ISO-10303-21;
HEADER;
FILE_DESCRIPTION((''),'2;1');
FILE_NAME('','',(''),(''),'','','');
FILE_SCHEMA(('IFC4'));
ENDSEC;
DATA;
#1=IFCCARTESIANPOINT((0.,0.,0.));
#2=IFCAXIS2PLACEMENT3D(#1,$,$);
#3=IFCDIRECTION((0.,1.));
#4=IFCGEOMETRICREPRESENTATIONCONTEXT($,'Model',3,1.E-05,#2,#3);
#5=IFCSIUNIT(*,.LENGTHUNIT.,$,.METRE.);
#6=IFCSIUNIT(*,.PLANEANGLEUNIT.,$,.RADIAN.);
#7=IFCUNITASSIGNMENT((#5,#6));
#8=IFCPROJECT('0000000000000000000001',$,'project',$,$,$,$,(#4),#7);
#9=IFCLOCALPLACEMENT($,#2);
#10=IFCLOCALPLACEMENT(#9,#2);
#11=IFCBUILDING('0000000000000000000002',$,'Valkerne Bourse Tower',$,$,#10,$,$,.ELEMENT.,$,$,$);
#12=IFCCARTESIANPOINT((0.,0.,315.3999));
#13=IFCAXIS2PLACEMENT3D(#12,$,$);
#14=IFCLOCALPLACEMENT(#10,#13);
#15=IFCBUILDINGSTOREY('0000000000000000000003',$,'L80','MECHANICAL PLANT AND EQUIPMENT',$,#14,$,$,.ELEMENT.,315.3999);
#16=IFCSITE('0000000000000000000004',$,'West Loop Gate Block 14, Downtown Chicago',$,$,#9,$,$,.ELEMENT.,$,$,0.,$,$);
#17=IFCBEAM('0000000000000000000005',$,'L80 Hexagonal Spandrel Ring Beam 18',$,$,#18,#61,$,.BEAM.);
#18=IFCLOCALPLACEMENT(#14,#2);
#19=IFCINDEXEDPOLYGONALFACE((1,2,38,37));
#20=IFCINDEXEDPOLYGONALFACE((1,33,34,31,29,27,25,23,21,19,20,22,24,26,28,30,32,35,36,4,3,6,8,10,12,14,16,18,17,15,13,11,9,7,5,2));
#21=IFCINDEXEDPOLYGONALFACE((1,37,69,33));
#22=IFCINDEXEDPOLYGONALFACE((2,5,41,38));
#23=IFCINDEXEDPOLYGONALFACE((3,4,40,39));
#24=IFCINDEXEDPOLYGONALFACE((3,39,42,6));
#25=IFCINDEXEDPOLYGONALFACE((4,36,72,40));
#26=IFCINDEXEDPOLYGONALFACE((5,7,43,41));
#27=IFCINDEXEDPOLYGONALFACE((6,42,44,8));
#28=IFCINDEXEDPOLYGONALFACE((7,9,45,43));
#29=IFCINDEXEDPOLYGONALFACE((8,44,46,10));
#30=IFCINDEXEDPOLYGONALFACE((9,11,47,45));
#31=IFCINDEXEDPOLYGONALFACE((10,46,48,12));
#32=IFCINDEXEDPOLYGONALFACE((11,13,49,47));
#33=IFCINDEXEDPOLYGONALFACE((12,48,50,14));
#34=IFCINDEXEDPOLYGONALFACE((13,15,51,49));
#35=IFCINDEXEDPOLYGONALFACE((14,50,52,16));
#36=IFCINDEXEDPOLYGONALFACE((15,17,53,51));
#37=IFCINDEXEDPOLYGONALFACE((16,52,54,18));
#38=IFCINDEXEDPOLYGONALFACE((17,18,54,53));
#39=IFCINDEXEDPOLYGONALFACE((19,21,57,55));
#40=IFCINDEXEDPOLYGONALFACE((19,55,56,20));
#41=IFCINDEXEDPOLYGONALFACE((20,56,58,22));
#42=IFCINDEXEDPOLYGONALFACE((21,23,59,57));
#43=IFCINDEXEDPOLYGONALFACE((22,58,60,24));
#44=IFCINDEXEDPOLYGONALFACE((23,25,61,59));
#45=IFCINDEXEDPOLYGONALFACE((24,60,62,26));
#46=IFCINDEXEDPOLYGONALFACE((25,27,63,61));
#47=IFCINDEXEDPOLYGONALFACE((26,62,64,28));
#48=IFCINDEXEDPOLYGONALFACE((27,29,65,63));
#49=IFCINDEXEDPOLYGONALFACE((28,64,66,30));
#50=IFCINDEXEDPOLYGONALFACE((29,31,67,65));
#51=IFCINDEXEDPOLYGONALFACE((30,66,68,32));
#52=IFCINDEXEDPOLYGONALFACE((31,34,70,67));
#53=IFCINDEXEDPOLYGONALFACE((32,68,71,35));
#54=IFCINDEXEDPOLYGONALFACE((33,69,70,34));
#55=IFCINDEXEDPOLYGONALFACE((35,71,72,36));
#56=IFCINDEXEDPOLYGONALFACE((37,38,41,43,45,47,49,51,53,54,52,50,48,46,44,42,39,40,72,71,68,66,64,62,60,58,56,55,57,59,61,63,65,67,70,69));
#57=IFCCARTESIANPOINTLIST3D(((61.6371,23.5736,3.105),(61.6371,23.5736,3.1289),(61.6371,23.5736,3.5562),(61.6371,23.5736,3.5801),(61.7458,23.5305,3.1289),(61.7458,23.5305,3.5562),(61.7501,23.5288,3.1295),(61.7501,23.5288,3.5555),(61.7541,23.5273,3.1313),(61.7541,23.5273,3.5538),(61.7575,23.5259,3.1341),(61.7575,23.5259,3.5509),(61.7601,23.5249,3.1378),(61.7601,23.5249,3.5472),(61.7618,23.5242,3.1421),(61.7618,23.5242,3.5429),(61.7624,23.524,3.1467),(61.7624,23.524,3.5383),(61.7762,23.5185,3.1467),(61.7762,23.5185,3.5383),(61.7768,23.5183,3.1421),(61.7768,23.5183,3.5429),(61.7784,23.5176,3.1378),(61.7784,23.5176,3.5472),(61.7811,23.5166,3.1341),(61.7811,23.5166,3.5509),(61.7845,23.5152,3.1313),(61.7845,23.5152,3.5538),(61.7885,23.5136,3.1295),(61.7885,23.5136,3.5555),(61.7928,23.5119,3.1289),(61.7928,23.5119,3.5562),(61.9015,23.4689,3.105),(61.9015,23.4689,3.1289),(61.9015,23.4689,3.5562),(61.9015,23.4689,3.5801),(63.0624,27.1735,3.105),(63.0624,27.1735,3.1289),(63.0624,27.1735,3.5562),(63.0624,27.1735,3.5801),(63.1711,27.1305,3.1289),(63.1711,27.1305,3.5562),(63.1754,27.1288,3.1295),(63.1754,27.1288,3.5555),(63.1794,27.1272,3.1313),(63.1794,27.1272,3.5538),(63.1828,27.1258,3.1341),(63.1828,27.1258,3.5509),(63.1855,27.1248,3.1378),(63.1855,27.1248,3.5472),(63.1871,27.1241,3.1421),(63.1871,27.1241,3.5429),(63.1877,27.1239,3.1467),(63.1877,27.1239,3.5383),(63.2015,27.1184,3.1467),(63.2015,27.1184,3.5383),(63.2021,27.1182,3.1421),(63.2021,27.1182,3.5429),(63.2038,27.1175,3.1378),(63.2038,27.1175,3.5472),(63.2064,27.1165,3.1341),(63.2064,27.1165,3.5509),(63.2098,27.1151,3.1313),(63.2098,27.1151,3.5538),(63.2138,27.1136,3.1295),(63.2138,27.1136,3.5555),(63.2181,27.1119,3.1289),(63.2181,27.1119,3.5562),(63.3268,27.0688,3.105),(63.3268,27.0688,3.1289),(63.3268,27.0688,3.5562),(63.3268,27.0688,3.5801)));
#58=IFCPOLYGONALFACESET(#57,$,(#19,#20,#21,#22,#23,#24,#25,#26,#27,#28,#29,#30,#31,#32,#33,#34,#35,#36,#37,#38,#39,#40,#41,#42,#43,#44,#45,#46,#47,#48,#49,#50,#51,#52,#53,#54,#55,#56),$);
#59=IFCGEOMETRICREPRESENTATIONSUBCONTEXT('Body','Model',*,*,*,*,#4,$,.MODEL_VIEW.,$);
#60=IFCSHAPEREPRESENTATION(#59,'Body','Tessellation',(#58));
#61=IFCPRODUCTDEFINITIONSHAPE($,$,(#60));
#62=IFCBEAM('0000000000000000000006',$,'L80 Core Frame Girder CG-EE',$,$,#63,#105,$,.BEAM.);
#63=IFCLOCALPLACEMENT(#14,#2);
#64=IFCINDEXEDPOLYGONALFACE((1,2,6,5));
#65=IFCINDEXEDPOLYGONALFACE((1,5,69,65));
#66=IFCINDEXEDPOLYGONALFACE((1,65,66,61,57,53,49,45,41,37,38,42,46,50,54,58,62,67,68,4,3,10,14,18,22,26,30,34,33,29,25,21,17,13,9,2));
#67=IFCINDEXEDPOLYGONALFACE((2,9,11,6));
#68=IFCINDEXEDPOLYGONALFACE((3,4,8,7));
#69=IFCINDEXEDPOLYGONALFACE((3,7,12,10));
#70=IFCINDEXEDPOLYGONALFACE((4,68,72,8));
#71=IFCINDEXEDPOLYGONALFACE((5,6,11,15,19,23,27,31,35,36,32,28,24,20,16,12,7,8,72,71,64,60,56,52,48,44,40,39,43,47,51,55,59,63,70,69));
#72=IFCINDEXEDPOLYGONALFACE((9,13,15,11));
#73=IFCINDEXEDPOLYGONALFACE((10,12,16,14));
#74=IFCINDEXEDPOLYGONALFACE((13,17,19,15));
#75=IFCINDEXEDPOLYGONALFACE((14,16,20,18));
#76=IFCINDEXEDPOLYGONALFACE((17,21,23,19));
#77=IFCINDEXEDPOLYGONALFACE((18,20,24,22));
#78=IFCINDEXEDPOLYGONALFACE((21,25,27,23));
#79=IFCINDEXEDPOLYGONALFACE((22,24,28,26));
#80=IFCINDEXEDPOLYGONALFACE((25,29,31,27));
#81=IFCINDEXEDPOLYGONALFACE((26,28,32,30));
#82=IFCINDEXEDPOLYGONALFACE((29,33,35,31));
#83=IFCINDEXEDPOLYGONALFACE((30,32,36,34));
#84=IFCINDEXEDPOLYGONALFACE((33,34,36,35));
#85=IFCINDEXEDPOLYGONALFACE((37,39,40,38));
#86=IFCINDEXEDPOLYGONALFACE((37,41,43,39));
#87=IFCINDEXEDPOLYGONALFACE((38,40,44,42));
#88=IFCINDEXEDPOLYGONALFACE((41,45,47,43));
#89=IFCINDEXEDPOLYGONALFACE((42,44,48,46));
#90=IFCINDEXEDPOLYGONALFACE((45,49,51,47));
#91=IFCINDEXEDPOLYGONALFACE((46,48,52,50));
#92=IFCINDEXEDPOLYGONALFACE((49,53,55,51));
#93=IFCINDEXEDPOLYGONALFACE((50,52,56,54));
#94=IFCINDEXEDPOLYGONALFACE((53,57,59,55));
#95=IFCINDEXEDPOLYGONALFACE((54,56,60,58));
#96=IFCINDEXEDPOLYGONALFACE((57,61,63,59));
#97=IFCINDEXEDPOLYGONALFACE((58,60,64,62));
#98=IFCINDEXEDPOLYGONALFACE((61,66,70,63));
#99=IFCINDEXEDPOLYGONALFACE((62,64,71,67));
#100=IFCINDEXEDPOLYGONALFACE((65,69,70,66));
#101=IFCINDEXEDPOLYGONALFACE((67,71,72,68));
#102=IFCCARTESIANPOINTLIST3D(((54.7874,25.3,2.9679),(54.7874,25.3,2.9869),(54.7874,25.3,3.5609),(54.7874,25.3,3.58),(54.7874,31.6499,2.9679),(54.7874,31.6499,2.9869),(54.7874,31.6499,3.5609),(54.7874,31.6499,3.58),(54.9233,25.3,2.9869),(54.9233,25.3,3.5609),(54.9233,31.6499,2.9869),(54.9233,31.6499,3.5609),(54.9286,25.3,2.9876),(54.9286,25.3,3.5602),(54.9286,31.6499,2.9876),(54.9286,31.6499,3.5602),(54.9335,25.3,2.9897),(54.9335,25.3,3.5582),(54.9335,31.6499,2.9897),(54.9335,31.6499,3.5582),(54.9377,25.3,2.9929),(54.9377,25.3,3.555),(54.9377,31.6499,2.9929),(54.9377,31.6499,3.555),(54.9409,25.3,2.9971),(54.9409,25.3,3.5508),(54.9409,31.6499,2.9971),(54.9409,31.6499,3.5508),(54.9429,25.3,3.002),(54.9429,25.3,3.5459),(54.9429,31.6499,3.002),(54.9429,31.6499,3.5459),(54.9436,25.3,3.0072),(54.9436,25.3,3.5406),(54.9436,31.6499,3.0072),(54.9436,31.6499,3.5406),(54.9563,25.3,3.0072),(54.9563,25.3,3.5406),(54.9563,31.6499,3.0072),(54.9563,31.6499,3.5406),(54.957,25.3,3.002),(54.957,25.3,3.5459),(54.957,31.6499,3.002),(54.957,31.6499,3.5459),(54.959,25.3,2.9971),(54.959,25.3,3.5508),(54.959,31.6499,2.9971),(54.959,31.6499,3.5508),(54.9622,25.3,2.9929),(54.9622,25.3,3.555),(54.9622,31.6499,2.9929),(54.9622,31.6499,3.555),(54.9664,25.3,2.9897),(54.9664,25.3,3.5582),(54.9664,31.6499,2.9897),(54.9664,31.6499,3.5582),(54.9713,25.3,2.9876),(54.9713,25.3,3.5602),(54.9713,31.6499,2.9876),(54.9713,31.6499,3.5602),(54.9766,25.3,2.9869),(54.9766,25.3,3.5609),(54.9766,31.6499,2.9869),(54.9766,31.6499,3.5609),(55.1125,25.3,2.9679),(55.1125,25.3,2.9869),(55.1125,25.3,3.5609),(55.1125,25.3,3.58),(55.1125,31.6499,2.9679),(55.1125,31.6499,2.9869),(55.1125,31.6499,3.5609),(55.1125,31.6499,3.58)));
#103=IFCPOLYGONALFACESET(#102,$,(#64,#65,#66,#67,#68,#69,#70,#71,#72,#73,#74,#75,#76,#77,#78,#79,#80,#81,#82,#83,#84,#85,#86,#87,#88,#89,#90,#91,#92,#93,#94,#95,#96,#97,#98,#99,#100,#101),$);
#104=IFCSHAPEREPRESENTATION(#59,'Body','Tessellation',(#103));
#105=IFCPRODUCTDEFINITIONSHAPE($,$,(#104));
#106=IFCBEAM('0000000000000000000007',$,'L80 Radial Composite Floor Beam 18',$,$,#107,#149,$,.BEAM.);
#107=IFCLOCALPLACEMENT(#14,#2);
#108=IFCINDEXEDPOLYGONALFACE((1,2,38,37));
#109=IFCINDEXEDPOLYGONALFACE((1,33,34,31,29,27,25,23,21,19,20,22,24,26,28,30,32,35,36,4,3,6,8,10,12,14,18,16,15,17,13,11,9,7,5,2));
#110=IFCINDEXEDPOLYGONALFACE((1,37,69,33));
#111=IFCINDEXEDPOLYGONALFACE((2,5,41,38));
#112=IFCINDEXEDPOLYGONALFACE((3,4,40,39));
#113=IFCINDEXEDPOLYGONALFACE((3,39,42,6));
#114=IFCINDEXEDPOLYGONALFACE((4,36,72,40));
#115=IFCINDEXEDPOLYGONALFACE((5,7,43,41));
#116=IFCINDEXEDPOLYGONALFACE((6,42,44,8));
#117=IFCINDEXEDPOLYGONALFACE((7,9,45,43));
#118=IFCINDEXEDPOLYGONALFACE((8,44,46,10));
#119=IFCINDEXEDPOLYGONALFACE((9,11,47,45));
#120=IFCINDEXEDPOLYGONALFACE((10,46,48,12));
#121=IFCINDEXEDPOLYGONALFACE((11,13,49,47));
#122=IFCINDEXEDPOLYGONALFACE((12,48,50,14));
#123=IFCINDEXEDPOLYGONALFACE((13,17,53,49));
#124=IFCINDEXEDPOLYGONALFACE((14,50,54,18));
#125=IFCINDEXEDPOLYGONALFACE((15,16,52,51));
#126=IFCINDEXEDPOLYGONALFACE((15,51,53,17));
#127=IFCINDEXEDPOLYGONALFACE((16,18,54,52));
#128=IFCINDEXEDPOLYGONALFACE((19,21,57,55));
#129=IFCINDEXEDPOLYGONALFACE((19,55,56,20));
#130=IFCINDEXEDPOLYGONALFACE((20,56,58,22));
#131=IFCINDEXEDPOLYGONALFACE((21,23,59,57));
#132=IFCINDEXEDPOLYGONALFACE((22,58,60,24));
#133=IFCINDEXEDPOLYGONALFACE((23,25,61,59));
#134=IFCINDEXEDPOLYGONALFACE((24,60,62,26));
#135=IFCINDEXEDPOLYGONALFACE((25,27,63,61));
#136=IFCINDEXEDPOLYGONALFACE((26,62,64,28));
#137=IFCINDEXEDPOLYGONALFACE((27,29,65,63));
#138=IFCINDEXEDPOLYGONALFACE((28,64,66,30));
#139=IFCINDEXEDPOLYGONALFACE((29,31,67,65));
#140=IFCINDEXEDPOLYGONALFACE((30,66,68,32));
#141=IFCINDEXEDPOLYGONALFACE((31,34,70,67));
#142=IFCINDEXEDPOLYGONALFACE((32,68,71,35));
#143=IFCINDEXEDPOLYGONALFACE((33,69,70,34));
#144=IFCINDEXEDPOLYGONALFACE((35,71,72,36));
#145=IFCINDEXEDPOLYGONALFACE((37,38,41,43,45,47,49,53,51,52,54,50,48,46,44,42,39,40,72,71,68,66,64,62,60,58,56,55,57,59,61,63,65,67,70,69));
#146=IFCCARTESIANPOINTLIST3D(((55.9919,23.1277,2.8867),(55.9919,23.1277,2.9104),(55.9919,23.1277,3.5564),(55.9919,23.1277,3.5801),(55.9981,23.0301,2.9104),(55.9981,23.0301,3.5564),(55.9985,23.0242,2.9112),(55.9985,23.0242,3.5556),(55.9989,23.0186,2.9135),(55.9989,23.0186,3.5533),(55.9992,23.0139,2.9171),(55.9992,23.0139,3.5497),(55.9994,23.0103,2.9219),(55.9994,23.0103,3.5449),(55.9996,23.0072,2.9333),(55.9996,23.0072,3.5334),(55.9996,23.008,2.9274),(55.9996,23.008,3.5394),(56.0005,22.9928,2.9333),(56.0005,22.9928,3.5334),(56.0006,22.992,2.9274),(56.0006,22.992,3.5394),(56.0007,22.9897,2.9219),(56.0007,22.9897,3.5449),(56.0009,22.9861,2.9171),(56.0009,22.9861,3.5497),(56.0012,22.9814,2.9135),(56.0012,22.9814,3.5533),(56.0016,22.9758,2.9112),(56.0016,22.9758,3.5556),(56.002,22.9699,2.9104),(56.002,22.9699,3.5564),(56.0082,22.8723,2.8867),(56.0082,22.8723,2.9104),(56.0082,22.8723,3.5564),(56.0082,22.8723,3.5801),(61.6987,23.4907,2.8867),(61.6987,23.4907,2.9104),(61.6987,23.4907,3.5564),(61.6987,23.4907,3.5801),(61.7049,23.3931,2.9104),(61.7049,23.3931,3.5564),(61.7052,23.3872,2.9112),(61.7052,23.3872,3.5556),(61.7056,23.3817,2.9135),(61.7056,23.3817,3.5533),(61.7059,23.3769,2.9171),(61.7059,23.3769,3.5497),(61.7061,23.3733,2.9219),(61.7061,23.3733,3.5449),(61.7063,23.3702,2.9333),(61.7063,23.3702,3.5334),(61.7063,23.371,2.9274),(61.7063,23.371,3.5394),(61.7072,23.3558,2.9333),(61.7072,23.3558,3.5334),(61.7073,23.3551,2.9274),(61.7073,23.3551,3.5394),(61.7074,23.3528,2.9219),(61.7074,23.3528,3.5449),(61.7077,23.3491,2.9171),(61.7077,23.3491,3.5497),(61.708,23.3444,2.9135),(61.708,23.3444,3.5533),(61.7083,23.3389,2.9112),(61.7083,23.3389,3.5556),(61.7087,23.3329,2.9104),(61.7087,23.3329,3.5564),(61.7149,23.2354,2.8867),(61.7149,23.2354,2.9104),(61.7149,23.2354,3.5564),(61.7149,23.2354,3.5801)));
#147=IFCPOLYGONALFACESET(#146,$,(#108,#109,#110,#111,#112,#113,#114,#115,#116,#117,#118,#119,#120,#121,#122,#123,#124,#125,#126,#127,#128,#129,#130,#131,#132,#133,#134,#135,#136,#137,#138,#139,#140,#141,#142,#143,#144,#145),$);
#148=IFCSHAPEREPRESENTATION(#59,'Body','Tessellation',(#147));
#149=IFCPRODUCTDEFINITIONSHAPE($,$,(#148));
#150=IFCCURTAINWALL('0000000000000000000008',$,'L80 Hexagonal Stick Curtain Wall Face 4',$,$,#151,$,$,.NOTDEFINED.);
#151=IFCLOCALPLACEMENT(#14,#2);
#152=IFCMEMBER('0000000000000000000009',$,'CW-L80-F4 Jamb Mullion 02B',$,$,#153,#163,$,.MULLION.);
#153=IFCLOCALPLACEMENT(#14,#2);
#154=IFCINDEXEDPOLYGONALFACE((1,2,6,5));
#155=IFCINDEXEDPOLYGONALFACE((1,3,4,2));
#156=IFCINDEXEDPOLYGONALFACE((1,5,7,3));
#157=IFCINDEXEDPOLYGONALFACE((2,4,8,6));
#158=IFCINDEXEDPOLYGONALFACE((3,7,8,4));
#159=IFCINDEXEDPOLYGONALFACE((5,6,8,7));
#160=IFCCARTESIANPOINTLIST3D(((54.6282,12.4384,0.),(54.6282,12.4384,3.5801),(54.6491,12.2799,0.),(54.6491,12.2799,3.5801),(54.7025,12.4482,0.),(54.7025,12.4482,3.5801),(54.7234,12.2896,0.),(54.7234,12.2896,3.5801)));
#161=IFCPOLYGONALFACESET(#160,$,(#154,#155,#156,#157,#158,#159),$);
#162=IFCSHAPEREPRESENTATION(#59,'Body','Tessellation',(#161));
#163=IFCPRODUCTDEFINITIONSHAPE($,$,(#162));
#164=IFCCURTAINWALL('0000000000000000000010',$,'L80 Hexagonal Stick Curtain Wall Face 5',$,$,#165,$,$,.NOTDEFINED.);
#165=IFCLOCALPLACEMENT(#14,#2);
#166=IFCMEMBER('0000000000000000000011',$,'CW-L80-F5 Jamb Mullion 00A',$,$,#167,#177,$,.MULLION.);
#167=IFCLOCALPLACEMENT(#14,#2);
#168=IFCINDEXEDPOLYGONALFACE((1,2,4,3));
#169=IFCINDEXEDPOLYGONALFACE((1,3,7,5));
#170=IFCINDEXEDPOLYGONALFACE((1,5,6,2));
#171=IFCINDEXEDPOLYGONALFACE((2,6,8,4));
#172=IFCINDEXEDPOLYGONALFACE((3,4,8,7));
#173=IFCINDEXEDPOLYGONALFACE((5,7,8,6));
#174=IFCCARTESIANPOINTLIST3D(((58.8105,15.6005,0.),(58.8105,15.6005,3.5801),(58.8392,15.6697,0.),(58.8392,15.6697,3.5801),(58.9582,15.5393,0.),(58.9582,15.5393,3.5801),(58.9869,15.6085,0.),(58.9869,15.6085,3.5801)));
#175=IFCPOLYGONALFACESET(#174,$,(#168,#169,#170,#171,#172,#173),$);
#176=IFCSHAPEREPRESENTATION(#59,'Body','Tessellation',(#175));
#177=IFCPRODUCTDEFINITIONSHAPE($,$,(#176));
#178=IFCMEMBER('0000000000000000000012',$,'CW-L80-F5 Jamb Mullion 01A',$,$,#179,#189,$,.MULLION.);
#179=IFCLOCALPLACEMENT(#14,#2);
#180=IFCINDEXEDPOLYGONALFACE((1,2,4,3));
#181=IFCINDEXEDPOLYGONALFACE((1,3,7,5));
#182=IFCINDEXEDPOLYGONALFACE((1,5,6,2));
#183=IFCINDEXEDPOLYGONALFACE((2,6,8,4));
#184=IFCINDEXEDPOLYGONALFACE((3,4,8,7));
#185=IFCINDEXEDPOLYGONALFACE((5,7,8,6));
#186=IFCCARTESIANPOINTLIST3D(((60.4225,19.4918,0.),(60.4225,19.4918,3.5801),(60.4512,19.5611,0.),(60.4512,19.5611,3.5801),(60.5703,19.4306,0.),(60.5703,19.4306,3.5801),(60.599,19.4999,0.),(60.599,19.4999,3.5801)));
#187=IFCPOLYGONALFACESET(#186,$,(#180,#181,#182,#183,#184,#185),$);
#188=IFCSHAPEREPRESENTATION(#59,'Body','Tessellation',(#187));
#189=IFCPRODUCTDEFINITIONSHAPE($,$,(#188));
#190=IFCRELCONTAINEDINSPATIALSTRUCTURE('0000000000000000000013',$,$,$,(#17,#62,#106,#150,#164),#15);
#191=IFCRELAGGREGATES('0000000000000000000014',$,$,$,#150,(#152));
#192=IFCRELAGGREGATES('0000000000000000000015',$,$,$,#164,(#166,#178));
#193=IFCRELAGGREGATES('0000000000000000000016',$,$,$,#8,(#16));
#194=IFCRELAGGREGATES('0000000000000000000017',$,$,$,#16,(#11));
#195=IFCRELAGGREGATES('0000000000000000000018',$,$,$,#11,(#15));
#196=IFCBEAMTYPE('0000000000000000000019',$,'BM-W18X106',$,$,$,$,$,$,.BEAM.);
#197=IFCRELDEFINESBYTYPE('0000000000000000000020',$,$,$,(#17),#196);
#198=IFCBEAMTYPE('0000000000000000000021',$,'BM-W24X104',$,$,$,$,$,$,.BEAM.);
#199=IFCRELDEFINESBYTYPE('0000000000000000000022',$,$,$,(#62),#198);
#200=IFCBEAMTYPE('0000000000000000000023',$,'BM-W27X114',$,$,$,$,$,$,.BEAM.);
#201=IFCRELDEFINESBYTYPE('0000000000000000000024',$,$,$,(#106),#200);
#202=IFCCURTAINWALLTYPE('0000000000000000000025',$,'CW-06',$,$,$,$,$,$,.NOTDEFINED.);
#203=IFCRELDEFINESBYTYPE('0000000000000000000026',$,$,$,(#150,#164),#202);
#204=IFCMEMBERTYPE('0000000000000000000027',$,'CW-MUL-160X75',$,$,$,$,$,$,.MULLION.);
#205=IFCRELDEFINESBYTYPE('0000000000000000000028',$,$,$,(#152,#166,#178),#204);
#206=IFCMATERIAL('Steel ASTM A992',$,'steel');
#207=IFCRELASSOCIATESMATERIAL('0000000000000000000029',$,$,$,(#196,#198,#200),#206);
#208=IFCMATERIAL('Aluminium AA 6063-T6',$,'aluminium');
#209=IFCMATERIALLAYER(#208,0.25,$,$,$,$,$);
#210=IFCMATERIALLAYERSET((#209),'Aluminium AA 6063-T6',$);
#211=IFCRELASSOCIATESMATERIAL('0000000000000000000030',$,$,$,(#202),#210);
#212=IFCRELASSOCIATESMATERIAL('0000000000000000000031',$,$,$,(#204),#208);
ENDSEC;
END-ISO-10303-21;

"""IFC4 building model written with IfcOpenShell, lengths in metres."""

from ifc_helpers import new_model, si_unit, direction, frame, origin, origin_2d, place, context, subcontext, project, spatial, rectangle, i_section, extrude, material, layer, layer_set, material_profile, profile_set, type_object, element, aggregate, save


model = new_model("IFC4")

# Units and contexts
model_context = context("Model", 3, precision=1e-05, world=origin(), true_north=direction((0.0, 1.0)))
body_context = subcontext(model_context, "Body", "Model", "MODEL_VIEW")
ifc_project = project(units=[si_unit("LENGTHUNIT", "METRE"), si_unit("PLANEANGLEUNIT", "RADIAN")], contexts=[model_context])

# Site, building, storey
site_placement = place(None, origin())
site = spatial("IfcSite", under=ifc_project, at=site_placement, Name="West Loop Gate Block 14, Downtown Chicago", CompositionType="ELEMENT", RefElevation=0.0)
building_placement = place(site_placement, origin())
building = spatial("IfcBuilding", under=site, at=building_placement, Name="Valkerne Bourse Tower", CompositionType="ELEMENT")
storey_placement = place(building_placement, frame((0.0, 0.0, 315.3999)))
storey = spatial("IfcBuildingStorey", under=building, at=storey_placement, Name="L80", Description="MECHANICAL PLANT AND EQUIPMENT", CompositionType="ELEMENT", Elevation=315.3999)

# Beams
ifc_material_1 = material(Name="Steel ASTM A992", Category="steel")
ifc_material_profile_1 = material_profile(ifc_material_1, i_section(OverallWidth=0.2844, OverallDepth=0.4751, WebThickness=0.0149, FlangeThickness=0.0239, FilletRadius=0.0178, at=origin_2d()), Name="W18X106")
ifc_profile_set_1 = profile_set([ifc_material_profile_1], Name="Steel ASTM A992")
beam_type_1 = type_object("IfcBeamType", Name="BM-W18X106", PredefinedType="BEAM", material=ifc_profile_set_1)
beam_1_placement = place(storey_placement, frame((61.7693, 23.5212, 3.3425), z_axis=(0.368127, 0.929776, 0.0), x_axis=(-0.929776, 0.368127, 0.0)))
element("IfcBeam", 1, at=beam_1_placement, inside=storey, type_object=beam_type_1, Name="L80 Hexagonal Spandrel Ring Beam 18", PredefinedType="BEAM", context=body_context, shape_type="SweptSolid", body=[
    extrude(i_section(OverallWidth=0.2844, OverallDepth=0.4751, WebThickness=0.0149, FlangeThickness=0.0239, FilletRadius=0.0178, at=origin_2d()), origin(), (0.0, 0.0, 1.0), 3.8718),
])
ifc_material_profile_2 = material_profile(ifc_material_1, i_section(OverallWidth=0.3252, OverallDepth=0.6121, WebThickness=0.0127, FlangeThickness=0.019, FilletRadius=0.0203, at=origin_2d()), Name="W24X104")
ifc_profile_set_2 = profile_set([ifc_material_profile_2], Name="Steel ASTM A992")
beam_type_2 = type_object("IfcBeamType", Name="BM-W24X104", PredefinedType="BEAM", material=ifc_profile_set_2)
beam_2_placement = place(storey_placement, frame((54.95, 25.3, 3.2739), z_axis=(0.0, 1.0, 0.0), x_axis=(-1.0, 0.0, 0.0)))
element("IfcBeam", 2, at=beam_2_placement, inside=storey, type_object=beam_type_2, Name="L80 Core Frame Girder CG-EE", PredefinedType="BEAM", context=body_context, shape_type="SweptSolid", body=[
    extrude(i_section(OverallWidth=0.3252, OverallDepth=0.6121, WebThickness=0.0127, FlangeThickness=0.019, FilletRadius=0.0203, at=origin_2d()), origin(), (0.0, 0.0, 1.0), 6.3499),
])
ifc_material_profile_3 = material_profile(ifc_material_1, i_section(OverallWidth=0.2559, OverallDepth=0.6934, WebThickness=0.0144, FlangeThickness=0.0237, FilletRadius=0.0229, at=origin_2d()), Name="W27X114")
ifc_profile_set_3 = profile_set([ifc_material_profile_3], Name="Steel ASTM A992")
beam_type_3 = type_object("IfcBeamType", Name="BM-W27X114", PredefinedType="BEAM", material=ifc_profile_set_3)
beam_3_placement = place(storey_placement, frame((61.7068, 23.363, 3.2334), z_axis=(-0.997983, -0.063487, 0.0), x_axis=(0.063487, -0.997983, 0.0)))
element("IfcBeam", 3, at=beam_3_placement, inside=storey, type_object=beam_type_3, Name="L80 Radial Composite Floor Beam 18", PredefinedType="BEAM", context=body_context, shape_type="SweptSolid", body=[
    extrude(i_section(OverallWidth=0.2559, OverallDepth=0.6934, WebThickness=0.0144, FlangeThickness=0.0237, FilletRadius=0.0229, at=origin_2d()), origin(), (0.0, 0.0, 1.0), 5.7183),
])

# Curtain wall, member
ifc_material_2 = material(Name="Aluminium AA 6063-T6", Category="aluminium")
ifc_layer_1 = layer(ifc_material_2, 0.25)
ifc_layer_set_1 = layer_set([ifc_layer_1], Name="Aluminium AA 6063-T6")
curtain_wall_type = type_object("IfcCurtainWallType", Name="CW-06", PredefinedType="NOTDEFINED", material=ifc_layer_set_1)
curtain_wall_1_placement = place(storey_placement, origin())
curtain_wall_1 = element("IfcCurtainWall", 4, at=curtain_wall_1_placement, inside=storey, type_object=curtain_wall_type, Name="L80 Hexagonal Stick Curtain Wall Face 4", PredefinedType="NOTDEFINED")
ifc_material_profile_4 = material_profile(ifc_material_2, rectangle(XDim=0.075, YDim=0.1599, at=origin_2d()), Name="CWM-75X160")
ifc_profile_set_4 = profile_set([ifc_material_profile_4], Name="Aluminium AA 6063-T6")
member_type_1 = type_object("IfcMemberType", Name="CW-MUL-160X75", PredefinedType="MULLION", material=ifc_profile_set_4)
member_1_placement = place(storey_placement, frame((54.6758, 12.364, 0.0), z_axis=(0.0, 0.0, 1.0), x_axis=(0.991447, 0.130507, 0.0)))
member_1 = element("IfcMember", 5, at=member_1_placement, type_object=member_type_1, Name="CW-L80-F4 Jamb Mullion 02B", PredefinedType="MULLION", context=body_context, shape_type="SweptSolid", body=[
    extrude(rectangle(XDim=0.075, YDim=0.1599, at=origin_2d()), origin(), (0.0, 0.0, 1.0), 3.5801),
])
aggregate(curtain_wall_1, [member_1])

# Curtain wall, members
curtain_wall_2_placement = place(storey_placement, origin())
curtain_wall_2 = element("IfcCurtainWall", 6, at=curtain_wall_2_placement, inside=storey, type_object=curtain_wall_type, Name="L80 Hexagonal Stick Curtain Wall Face 5", PredefinedType="NOTDEFINED")
member_2_placement = place(storey_placement, frame((58.8987, 15.6045, 0.0), z_axis=(0.0, 0.0, 1.0), x_axis=(0.382689, 0.923877, 0.0)))
member_2 = element("IfcMember", 7, at=member_2_placement, type_object=member_type_1, Name="CW-L80-F5 Jamb Mullion 00A", PredefinedType="MULLION", context=body_context, shape_type="SweptSolid", body=[
    extrude(rectangle(XDim=0.075, YDim=0.1599, at=origin_2d()), origin(), (0.0, 0.0, 1.0), 3.5801),
])
member_3_placement = place(storey_placement, frame((60.5107, 19.4958, 0.0), z_axis=(0.0, 0.0, 1.0), x_axis=(0.382669, 0.923885, 0.0)))
member_3 = element("IfcMember", 8, at=member_3_placement, type_object=member_type_1, Name="CW-L80-F5 Jamb Mullion 01A", PredefinedType="MULLION", context=body_context, shape_type="SweptSolid", body=[
    extrude(rectangle(XDim=0.075, YDim=0.1599, at=origin_2d()), origin(), (0.0, 0.0, 1.0), 3.5801),
])

aggregate(curtain_wall_2, [member_2, member_3])

save(model, "model.ifc")
